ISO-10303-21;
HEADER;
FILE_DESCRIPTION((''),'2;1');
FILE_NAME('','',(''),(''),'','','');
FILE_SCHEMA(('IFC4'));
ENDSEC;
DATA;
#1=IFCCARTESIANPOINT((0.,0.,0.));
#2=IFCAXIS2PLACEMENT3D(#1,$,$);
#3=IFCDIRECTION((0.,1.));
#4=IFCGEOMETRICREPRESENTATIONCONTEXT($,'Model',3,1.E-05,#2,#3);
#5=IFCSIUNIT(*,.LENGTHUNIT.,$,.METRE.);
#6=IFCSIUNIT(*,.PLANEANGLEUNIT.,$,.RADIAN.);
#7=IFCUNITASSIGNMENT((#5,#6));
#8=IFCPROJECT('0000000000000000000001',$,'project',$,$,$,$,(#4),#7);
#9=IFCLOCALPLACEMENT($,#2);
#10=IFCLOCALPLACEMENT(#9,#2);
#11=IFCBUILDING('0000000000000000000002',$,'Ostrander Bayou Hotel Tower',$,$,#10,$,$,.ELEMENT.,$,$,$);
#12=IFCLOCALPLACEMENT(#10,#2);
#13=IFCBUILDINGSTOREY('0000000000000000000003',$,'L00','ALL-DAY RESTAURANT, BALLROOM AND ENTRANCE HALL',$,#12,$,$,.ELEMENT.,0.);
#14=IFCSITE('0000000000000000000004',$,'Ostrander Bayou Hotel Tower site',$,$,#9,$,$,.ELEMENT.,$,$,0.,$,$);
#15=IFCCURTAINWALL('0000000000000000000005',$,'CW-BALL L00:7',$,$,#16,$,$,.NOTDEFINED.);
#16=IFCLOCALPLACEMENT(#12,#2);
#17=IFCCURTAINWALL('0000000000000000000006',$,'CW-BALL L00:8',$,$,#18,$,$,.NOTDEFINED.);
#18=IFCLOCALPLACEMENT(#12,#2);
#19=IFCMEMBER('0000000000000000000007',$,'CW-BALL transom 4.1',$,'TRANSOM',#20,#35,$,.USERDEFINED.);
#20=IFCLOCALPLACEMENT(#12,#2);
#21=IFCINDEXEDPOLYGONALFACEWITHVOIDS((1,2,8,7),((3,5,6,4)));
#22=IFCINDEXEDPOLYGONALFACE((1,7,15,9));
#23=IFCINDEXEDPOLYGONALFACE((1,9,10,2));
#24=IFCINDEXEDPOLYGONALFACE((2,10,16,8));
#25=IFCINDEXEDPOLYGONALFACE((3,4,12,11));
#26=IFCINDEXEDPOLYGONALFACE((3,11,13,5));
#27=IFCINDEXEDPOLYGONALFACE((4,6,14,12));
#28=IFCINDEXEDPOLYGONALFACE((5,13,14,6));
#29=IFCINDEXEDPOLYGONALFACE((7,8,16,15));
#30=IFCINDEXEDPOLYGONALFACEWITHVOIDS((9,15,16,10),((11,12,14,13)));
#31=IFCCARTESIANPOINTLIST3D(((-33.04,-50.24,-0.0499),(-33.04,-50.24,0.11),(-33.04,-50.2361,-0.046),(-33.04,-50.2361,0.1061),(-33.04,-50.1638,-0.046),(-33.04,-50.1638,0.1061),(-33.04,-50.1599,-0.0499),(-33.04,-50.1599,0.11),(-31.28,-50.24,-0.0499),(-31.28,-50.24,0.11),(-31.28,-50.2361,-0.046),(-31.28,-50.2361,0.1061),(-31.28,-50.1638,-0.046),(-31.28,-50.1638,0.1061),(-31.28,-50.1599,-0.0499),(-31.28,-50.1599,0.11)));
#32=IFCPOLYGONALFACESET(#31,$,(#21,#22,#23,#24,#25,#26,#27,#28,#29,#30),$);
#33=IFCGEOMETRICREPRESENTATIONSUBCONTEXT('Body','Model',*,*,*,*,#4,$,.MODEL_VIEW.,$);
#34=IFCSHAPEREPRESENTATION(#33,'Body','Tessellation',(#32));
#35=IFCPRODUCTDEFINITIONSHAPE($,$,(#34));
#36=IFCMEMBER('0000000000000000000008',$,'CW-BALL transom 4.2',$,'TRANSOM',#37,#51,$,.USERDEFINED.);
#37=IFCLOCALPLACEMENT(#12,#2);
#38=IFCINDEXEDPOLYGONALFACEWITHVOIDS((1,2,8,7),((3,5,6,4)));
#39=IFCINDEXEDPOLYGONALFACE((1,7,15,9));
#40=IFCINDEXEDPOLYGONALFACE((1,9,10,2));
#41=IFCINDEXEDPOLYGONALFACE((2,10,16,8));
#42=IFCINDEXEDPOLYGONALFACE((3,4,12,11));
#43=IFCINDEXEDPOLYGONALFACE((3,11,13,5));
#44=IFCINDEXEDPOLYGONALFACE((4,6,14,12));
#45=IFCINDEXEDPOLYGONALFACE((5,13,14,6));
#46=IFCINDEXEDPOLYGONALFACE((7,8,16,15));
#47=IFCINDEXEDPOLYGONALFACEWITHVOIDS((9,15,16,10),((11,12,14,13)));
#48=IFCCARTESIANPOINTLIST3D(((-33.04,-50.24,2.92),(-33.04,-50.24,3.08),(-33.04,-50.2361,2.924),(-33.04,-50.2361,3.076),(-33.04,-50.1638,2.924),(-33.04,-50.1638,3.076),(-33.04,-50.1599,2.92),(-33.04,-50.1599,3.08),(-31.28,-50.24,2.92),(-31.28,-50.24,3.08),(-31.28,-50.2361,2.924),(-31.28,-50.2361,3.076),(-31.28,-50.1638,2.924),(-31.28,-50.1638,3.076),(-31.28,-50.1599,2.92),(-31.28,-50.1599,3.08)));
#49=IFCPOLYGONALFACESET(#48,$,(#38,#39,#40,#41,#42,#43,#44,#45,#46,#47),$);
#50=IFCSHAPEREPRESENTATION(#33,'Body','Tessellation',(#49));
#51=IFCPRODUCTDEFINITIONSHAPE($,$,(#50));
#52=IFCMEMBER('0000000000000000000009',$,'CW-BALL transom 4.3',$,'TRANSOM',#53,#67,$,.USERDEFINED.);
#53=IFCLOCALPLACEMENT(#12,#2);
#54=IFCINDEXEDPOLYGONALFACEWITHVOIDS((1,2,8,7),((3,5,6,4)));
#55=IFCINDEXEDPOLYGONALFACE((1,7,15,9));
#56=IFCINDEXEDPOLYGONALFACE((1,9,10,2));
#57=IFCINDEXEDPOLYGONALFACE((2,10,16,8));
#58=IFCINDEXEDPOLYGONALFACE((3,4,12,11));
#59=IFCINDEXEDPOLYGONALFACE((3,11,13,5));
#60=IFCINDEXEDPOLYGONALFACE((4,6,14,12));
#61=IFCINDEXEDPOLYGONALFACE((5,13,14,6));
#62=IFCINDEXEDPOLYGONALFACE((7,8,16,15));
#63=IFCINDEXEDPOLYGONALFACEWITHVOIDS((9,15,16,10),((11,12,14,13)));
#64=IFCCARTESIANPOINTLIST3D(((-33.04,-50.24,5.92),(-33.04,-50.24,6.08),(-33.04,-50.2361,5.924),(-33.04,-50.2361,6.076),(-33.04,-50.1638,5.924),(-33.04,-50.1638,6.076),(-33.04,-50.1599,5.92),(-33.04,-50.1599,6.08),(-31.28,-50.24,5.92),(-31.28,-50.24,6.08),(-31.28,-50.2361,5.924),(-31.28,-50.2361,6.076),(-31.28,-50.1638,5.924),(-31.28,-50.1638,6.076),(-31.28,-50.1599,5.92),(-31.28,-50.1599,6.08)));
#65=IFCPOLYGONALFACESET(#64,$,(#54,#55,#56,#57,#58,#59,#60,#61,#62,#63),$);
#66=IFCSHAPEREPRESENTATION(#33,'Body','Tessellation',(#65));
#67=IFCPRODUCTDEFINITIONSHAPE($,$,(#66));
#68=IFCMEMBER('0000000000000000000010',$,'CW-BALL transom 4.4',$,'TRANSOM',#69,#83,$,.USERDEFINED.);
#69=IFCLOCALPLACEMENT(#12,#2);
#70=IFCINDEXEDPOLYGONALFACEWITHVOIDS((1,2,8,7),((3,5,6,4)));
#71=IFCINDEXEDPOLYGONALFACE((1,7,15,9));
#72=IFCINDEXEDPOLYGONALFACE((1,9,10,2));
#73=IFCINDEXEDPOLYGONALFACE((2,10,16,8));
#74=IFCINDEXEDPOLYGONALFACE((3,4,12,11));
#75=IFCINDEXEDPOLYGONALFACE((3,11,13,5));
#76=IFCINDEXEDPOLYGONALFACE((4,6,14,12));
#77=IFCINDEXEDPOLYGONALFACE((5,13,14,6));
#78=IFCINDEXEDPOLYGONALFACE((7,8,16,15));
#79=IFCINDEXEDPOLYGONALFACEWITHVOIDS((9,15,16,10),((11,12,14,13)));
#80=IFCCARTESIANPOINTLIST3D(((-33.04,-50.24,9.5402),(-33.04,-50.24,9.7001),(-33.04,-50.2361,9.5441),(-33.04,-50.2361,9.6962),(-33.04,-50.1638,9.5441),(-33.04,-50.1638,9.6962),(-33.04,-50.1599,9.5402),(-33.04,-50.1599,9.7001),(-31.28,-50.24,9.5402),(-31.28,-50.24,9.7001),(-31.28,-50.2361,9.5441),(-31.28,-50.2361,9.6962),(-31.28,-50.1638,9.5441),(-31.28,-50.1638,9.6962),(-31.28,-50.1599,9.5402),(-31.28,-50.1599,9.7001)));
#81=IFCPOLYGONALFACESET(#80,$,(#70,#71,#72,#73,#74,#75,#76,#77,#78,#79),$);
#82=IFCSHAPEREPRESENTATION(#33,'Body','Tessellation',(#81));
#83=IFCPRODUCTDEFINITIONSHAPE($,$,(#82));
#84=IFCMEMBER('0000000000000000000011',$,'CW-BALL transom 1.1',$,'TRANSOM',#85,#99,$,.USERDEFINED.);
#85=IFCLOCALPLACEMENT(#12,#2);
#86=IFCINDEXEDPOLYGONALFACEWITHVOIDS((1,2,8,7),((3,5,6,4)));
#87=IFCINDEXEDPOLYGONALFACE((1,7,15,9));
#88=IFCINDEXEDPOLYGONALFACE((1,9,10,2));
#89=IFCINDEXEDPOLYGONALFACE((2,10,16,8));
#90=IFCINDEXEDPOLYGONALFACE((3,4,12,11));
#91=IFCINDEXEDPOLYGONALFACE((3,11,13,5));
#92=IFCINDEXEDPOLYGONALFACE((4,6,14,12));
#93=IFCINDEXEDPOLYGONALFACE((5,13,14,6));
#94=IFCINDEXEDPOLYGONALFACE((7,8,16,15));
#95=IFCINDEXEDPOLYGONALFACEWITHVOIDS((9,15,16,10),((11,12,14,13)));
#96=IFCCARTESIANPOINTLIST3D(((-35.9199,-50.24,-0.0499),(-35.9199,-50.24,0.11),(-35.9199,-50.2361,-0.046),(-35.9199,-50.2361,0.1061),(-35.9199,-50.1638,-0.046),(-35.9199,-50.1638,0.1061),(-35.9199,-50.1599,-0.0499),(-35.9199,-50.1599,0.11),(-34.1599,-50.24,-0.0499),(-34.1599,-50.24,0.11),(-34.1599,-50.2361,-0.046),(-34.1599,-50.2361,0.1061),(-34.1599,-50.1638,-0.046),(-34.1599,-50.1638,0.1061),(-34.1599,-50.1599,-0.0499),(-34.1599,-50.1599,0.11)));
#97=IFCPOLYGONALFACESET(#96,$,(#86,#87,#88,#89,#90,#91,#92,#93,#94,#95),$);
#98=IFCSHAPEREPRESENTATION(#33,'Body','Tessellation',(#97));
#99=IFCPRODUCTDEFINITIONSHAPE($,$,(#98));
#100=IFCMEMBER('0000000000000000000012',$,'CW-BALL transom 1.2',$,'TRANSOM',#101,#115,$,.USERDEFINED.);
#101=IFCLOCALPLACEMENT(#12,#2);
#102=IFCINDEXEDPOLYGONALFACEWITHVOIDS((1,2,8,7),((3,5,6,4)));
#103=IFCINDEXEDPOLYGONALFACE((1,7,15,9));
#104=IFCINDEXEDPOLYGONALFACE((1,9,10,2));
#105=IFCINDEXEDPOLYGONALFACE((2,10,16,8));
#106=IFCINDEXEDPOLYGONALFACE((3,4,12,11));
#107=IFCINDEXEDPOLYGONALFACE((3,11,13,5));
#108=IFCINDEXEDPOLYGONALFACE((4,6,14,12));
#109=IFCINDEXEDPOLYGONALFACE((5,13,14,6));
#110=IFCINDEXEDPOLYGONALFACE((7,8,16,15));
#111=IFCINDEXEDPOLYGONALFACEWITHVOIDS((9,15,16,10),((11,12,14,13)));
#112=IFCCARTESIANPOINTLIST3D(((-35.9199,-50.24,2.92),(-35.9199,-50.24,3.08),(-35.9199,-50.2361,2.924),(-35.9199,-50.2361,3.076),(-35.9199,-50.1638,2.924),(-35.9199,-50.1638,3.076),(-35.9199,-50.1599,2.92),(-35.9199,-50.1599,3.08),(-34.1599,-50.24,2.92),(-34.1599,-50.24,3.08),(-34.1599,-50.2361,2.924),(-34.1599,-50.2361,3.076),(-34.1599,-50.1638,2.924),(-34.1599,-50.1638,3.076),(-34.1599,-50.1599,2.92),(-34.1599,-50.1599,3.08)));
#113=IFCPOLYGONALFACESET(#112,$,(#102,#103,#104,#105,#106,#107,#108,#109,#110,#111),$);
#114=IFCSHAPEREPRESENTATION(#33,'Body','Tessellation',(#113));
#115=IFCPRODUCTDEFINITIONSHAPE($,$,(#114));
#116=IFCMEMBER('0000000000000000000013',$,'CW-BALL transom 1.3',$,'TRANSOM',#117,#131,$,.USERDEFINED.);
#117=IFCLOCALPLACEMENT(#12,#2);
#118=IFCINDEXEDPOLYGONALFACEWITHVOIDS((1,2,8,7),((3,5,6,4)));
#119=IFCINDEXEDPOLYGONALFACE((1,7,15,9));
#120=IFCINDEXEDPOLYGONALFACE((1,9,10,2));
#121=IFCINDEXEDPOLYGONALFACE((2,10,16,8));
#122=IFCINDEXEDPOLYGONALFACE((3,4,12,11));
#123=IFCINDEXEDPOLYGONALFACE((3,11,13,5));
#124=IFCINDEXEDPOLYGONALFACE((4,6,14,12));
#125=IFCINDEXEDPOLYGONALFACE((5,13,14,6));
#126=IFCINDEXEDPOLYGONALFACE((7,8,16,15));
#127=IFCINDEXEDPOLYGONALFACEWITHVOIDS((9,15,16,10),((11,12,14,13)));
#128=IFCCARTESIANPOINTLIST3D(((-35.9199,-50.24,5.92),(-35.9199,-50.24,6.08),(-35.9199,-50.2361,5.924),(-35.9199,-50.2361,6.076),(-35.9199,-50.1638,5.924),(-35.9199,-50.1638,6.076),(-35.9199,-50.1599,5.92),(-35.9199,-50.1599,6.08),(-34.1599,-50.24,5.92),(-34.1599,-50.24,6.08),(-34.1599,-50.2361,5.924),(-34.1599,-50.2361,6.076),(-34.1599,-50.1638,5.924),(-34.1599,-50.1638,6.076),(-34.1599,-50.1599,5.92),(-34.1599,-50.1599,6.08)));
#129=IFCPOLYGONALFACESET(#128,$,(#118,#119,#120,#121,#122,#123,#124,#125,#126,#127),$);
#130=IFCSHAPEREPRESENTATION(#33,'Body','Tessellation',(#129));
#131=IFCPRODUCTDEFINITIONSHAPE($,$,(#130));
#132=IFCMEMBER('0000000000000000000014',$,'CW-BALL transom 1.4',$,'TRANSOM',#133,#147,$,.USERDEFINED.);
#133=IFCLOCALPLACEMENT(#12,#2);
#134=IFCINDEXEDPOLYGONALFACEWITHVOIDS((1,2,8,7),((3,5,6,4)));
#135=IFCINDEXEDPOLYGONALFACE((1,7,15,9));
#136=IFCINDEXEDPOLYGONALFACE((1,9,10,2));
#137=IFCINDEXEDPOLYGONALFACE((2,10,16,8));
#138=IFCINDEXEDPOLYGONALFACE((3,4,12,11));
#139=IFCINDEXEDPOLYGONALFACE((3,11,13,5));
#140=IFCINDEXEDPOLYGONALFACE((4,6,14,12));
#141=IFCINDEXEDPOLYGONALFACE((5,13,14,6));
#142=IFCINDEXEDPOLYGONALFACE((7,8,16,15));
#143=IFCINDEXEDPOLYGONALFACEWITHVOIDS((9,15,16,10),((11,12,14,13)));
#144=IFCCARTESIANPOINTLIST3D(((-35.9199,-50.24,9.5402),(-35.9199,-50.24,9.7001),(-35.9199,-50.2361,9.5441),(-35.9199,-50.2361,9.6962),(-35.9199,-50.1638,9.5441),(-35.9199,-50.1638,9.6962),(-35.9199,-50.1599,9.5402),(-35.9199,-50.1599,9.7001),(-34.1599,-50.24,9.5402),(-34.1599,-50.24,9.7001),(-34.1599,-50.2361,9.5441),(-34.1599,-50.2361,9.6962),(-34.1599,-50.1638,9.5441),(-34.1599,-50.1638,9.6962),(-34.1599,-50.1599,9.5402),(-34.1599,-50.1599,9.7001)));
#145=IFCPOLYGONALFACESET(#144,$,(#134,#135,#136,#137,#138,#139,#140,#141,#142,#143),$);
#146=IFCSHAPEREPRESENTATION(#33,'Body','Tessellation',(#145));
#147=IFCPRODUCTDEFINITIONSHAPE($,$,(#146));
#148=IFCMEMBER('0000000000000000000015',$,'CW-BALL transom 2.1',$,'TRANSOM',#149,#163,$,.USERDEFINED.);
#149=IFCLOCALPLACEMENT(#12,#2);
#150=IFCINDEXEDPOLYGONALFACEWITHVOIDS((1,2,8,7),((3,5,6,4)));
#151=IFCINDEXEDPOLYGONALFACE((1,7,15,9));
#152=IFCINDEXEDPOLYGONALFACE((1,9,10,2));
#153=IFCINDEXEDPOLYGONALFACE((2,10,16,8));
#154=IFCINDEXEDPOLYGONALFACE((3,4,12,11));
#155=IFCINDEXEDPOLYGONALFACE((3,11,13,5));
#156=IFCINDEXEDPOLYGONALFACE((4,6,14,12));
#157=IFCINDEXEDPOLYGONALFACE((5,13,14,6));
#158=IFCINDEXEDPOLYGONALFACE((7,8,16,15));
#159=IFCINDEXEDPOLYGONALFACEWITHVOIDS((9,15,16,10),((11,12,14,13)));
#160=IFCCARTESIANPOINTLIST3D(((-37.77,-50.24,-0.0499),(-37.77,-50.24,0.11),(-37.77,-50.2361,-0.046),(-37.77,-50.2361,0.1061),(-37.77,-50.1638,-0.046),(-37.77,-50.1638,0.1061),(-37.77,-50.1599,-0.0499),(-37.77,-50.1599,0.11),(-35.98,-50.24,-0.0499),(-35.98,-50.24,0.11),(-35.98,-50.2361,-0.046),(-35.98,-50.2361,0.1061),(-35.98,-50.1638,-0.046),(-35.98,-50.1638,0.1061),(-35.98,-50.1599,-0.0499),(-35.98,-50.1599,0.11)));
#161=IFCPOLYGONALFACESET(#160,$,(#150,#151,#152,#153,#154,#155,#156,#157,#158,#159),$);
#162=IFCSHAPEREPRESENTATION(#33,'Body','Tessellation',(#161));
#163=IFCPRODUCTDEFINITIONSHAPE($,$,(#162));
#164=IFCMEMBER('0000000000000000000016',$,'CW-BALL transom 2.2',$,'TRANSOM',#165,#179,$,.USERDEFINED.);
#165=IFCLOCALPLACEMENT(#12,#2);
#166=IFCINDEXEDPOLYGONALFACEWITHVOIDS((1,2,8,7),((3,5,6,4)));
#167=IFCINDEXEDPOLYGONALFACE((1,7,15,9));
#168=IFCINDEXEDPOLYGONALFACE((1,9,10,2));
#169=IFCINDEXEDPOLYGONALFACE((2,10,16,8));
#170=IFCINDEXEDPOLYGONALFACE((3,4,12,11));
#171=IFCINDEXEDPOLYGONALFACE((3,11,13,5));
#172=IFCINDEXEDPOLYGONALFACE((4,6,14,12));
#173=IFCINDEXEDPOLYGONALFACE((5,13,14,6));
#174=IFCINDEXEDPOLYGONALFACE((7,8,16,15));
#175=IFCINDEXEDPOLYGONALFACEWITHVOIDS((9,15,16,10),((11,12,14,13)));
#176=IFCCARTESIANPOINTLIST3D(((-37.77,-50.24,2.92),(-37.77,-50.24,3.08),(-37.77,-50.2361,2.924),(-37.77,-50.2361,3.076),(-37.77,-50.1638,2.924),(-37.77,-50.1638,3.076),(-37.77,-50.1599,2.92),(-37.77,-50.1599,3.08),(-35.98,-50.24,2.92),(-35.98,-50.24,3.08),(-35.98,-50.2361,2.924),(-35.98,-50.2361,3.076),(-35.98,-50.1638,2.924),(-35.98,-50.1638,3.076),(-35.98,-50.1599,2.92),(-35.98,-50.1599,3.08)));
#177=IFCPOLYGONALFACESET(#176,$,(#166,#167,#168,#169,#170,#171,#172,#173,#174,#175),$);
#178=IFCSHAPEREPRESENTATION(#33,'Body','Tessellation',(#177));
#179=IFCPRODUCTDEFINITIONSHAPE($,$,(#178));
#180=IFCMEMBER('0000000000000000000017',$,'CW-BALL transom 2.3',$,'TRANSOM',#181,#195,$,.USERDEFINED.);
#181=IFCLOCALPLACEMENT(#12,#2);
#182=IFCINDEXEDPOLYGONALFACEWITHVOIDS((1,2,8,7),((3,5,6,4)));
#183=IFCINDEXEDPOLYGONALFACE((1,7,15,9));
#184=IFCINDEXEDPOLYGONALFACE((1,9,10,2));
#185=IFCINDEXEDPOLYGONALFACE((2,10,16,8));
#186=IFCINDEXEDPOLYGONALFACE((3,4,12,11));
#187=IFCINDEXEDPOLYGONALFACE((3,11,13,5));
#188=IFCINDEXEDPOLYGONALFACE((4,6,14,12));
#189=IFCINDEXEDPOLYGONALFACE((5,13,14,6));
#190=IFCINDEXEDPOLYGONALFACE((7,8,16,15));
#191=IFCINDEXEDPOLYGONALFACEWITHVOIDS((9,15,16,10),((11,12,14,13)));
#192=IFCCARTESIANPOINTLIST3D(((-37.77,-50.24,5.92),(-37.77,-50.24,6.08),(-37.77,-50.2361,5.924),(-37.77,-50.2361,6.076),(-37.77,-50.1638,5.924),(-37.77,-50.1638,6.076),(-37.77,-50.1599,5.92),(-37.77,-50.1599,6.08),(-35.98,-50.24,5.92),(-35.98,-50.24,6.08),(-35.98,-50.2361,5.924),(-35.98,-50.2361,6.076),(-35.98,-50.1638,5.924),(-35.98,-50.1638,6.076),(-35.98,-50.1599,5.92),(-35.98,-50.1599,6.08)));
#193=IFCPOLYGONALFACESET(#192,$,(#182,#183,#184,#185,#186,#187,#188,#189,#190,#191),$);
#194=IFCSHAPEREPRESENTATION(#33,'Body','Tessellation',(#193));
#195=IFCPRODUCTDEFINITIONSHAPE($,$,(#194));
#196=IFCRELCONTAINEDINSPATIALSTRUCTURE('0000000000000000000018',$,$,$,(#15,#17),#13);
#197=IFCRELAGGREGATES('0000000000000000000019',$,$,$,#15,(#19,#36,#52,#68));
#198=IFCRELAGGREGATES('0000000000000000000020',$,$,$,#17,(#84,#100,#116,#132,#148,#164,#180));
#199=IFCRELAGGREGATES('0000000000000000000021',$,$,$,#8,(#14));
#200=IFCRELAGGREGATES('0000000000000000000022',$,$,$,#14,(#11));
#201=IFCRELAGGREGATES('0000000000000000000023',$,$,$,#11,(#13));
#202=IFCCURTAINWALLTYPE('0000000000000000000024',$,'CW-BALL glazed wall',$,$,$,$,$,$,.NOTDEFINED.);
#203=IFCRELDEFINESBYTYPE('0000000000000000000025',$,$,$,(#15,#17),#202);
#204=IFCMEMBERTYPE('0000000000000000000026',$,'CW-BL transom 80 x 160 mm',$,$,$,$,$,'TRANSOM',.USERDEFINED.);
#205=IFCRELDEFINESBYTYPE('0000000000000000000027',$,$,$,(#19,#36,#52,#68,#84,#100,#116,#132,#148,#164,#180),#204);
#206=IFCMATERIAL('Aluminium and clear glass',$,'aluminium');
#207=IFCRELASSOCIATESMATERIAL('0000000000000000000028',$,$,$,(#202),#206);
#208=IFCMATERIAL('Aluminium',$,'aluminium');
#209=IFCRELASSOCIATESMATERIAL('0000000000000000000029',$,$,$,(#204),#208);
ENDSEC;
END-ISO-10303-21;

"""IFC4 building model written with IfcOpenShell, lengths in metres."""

from ifc_helpers import new_model, si_unit, direction, frame, origin, origin_2d, place, context, subcontext, project, spatial, hollow_rectangle, extrude, material, material_profile, profile_set, type_object, element, aggregate, save


model = new_model("IFC4")

# Units and contexts
model_context = context("Model", 3, precision=1e-05, world=origin(), true_north=direction((0.0, 1.0)))
body_context = subcontext(model_context, "Body", "Model", "MODEL_VIEW")
ifc_project = project(units=[si_unit("LENGTHUNIT", "METRE"), si_unit("PLANEANGLEUNIT", "RADIAN")], contexts=[model_context])

# Site, building, storey
site_placement = place(None, origin())
site = spatial("IfcSite", under=ifc_project, at=site_placement, Name="Ostrander Bayou Hotel Tower site", CompositionType="ELEMENT", RefElevation=0.0)
building_placement = place(site_placement, origin())
building = spatial("IfcBuilding", under=site, at=building_placement, Name="Ostrander Bayou Hotel Tower", CompositionType="ELEMENT")
storey_placement = place(building_placement, origin())
storey = spatial("IfcBuildingStorey", under=building, at=storey_placement, Name="L00", Description="ALL-DAY RESTAURANT, BALLROOM AND ENTRANCE HALL", CompositionType="ELEMENT", Elevation=0.0)

# Curtain walls
ifc_material_1 = material(Name="Aluminium and clear glass", Category="aluminium")
curtain_wall_type = type_object("IfcCurtainWallType", Name="CW-BALL glazed wall", PredefinedType="NOTDEFINED", material=ifc_material_1)
curtain_wall_1_placement = place(storey_placement, origin())
curtain_wall_1 = element("IfcCurtainWall", 1, at=curtain_wall_1_placement, inside=storey, type_object=curtain_wall_type, Name="CW-BALL L00:7", PredefinedType="NOTDEFINED")
curtain_wall_2_placement = place(storey_placement, origin())
curtain_wall_2 = element("IfcCurtainWall", 2, at=curtain_wall_2_placement, inside=storey, type_object=curtain_wall_type, Name="CW-BALL L00:8", PredefinedType="NOTDEFINED")

# Members
ifc_material_2 = material(Name="Aluminium", Category="aluminium")
ifc_material_profile_1 = material_profile(ifc_material_2, hollow_rectangle(XDim=0.0801, YDim=0.1599, WallThickness=0.0039, at=origin_2d()))
ifc_profile_set_1 = profile_set([ifc_material_profile_1], Name="Aluminium")
member_type_1 = type_object("IfcMemberType", Name="CW-BL transom 80 x 160 mm", ElementType="TRANSOM", PredefinedType="USERDEFINED", material=ifc_profile_set_1)
member_1_placement = place(storey_placement, frame((-31.28, -50.2, 0.03), z_axis=(-1.0, 0.0, 0.0), x_axis=(0.0, -1.0, 0.0)))
member_1 = element("IfcMember", 3, at=member_1_placement, type_object=member_type_1, Name="CW-BALL transom 4.1", ObjectType="TRANSOM", PredefinedType="USERDEFINED", context=body_context, shape_type="SweptSolid", body=[
    extrude(hollow_rectangle(XDim=0.0801, YDim=0.1599, WallThickness=0.0039, at=origin_2d()), origin(), (0.0, 0.0, 1.0), 1.76),
])
member_2_placement = place(storey_placement, frame((-31.28, -50.2, 3.0), z_axis=(-1.0, 0.0, 0.0), x_axis=(0.0, -1.0, 0.0)))
member_2 = element("IfcMember", 4, at=member_2_placement, type_object=member_type_1, Name="CW-BALL transom 4.2", ObjectType="TRANSOM", PredefinedType="USERDEFINED", context=body_context, shape_type="SweptSolid", body=[
    extrude(hollow_rectangle(XDim=0.0801, YDim=0.1599, WallThickness=0.0039, at=origin_2d()), origin(), (0.0, 0.0, 1.0), 1.76),
])
member_3_placement = place(storey_placement, frame((-31.28, -50.2, 6.0), z_axis=(-1.0, 0.0, 0.0), x_axis=(0.0, -1.0, 0.0)))
member_3 = element("IfcMember", 5, at=member_3_placement, type_object=member_type_1, Name="CW-BALL transom 4.3", ObjectType="TRANSOM", PredefinedType="USERDEFINED", context=body_context, shape_type="SweptSolid", body=[
    extrude(hollow_rectangle(XDim=0.0801, YDim=0.1599, WallThickness=0.0039, at=origin_2d()), origin(), (0.0, 0.0, 1.0), 1.76),
])
member_4_placement = place(storey_placement, frame((-31.28, -50.2, 9.6201), z_axis=(-1.0, 0.0, 0.0), x_axis=(0.0, -1.0, 0.0)))
member_4 = element("IfcMember", 6, at=member_4_placement, type_object=member_type_1, Name="CW-BALL transom 4.4", ObjectType="TRANSOM", PredefinedType="USERDEFINED", context=body_context, shape_type="SweptSolid", body=[
    extrude(hollow_rectangle(XDim=0.0801, YDim=0.1599, WallThickness=0.0039, at=origin_2d()), origin(), (0.0, 0.0, 1.0), 1.76),
])
member_5_placement = place(storey_placement, frame((-34.1599, -50.2, 0.03), z_axis=(-1.0, 0.0, 0.0), x_axis=(0.0, -1.0, 0.0)))
member_5 = element("IfcMember", 7, at=member_5_placement, type_object=member_type_1, Name="CW-BALL transom 1.1", ObjectType="TRANSOM", PredefinedType="USERDEFINED", context=body_context, shape_type="SweptSolid", body=[
    extrude(hollow_rectangle(XDim=0.0801, YDim=0.1599, WallThickness=0.0039, at=origin_2d()), origin(), (0.0, 0.0, 1.0), 1.76),
])
member_6_placement = place(storey_placement, frame((-34.1599, -50.2, 3.0), z_axis=(-1.0, 0.0, 0.0), x_axis=(0.0, -1.0, 0.0)))
member_6 = element("IfcMember", 8, at=member_6_placement, type_object=member_type_1, Name="CW-BALL transom 1.2", ObjectType="TRANSOM", PredefinedType="USERDEFINED", context=body_context, shape_type="SweptSolid", body=[
    extrude(hollow_rectangle(XDim=0.0801, YDim=0.1599, WallThickness=0.0039, at=origin_2d()), origin(), (0.0, 0.0, 1.0), 1.76),
])
member_7_placement = place(storey_placement, frame((-34.1599, -50.2, 6.0), z_axis=(-1.0, 0.0, 0.0), x_axis=(0.0, -1.0, 0.0)))
member_7 = element("IfcMember", 9, at=member_7_placement, type_object=member_type_1, Name="CW-BALL transom 1.3", ObjectType="TRANSOM", PredefinedType="USERDEFINED", context=body_context, shape_type="SweptSolid", body=[
    extrude(hollow_rectangle(XDim=0.0801, YDim=0.1599, WallThickness=0.0039, at=origin_2d()), origin(), (0.0, 0.0, 1.0), 1.76),
])
member_8_placement = place(storey_placement, frame((-34.1599, -50.2, 9.6201), z_axis=(-1.0, 0.0, 0.0), x_axis=(0.0, -1.0, 0.0)))
member_8 = element("IfcMember", 10, at=member_8_placement, type_object=member_type_1, Name="CW-BALL transom 1.4", ObjectType="TRANSOM", PredefinedType="USERDEFINED", context=body_context, shape_type="SweptSolid", body=[
    extrude(hollow_rectangle(XDim=0.0801, YDim=0.1599, WallThickness=0.0039, at=origin_2d()), origin(), (0.0, 0.0, 1.0), 1.76),
])
member_9_placement = place(storey_placement, frame((-35.98, -50.2, 0.03), z_axis=(-1.0, 0.0, 0.0), x_axis=(0.0, -1.0, 0.0)))
member_9 = element("IfcMember", 11, at=member_9_placement, type_object=member_type_1, Name="CW-BALL transom 2.1", ObjectType="TRANSOM", PredefinedType="USERDEFINED", context=body_context, shape_type="SweptSolid", body=[
    extrude(hollow_rectangle(XDim=0.0801, YDim=0.1599, WallThickness=0.0039, at=origin_2d()), origin(), (0.0, 0.0, 1.0), 1.79),
])
member_10_placement = place(storey_placement, frame((-35.98, -50.2, 3.0), z_axis=(-1.0, 0.0, 0.0), x_axis=(0.0, -1.0, 0.0)))
member_10 = element("IfcMember", 12, at=member_10_placement, type_object=member_type_1, Name="CW-BALL transom 2.2", ObjectType="TRANSOM", PredefinedType="USERDEFINED", context=body_context, shape_type="SweptSolid", body=[
    extrude(hollow_rectangle(XDim=0.0801, YDim=0.1599, WallThickness=0.0039, at=origin_2d()), origin(), (0.0, 0.0, 1.0), 1.79),
])
member_11_placement = place(storey_placement, frame((-35.98, -50.2, 6.0), z_axis=(-1.0, 0.0, 0.0), x_axis=(0.0, -1.0, 0.0)))
member_11 = element("IfcMember", 13, at=member_11_placement, type_object=member_type_1, Name="CW-BALL transom 2.3", ObjectType="TRANSOM", PredefinedType="USERDEFINED", context=body_context, shape_type="SweptSolid", body=[
    extrude(hollow_rectangle(XDim=0.0801, YDim=0.1599, WallThickness=0.0039, at=origin_2d()), origin(), (0.0, 0.0, 1.0), 1.79),
])

aggregate(curtain_wall_1, [member_1, member_2, member_3, member_4])
aggregate(curtain_wall_2, [member_5, member_6, member_7, member_8, member_9, member_10, member_11])

save(model, "model.ifc")
